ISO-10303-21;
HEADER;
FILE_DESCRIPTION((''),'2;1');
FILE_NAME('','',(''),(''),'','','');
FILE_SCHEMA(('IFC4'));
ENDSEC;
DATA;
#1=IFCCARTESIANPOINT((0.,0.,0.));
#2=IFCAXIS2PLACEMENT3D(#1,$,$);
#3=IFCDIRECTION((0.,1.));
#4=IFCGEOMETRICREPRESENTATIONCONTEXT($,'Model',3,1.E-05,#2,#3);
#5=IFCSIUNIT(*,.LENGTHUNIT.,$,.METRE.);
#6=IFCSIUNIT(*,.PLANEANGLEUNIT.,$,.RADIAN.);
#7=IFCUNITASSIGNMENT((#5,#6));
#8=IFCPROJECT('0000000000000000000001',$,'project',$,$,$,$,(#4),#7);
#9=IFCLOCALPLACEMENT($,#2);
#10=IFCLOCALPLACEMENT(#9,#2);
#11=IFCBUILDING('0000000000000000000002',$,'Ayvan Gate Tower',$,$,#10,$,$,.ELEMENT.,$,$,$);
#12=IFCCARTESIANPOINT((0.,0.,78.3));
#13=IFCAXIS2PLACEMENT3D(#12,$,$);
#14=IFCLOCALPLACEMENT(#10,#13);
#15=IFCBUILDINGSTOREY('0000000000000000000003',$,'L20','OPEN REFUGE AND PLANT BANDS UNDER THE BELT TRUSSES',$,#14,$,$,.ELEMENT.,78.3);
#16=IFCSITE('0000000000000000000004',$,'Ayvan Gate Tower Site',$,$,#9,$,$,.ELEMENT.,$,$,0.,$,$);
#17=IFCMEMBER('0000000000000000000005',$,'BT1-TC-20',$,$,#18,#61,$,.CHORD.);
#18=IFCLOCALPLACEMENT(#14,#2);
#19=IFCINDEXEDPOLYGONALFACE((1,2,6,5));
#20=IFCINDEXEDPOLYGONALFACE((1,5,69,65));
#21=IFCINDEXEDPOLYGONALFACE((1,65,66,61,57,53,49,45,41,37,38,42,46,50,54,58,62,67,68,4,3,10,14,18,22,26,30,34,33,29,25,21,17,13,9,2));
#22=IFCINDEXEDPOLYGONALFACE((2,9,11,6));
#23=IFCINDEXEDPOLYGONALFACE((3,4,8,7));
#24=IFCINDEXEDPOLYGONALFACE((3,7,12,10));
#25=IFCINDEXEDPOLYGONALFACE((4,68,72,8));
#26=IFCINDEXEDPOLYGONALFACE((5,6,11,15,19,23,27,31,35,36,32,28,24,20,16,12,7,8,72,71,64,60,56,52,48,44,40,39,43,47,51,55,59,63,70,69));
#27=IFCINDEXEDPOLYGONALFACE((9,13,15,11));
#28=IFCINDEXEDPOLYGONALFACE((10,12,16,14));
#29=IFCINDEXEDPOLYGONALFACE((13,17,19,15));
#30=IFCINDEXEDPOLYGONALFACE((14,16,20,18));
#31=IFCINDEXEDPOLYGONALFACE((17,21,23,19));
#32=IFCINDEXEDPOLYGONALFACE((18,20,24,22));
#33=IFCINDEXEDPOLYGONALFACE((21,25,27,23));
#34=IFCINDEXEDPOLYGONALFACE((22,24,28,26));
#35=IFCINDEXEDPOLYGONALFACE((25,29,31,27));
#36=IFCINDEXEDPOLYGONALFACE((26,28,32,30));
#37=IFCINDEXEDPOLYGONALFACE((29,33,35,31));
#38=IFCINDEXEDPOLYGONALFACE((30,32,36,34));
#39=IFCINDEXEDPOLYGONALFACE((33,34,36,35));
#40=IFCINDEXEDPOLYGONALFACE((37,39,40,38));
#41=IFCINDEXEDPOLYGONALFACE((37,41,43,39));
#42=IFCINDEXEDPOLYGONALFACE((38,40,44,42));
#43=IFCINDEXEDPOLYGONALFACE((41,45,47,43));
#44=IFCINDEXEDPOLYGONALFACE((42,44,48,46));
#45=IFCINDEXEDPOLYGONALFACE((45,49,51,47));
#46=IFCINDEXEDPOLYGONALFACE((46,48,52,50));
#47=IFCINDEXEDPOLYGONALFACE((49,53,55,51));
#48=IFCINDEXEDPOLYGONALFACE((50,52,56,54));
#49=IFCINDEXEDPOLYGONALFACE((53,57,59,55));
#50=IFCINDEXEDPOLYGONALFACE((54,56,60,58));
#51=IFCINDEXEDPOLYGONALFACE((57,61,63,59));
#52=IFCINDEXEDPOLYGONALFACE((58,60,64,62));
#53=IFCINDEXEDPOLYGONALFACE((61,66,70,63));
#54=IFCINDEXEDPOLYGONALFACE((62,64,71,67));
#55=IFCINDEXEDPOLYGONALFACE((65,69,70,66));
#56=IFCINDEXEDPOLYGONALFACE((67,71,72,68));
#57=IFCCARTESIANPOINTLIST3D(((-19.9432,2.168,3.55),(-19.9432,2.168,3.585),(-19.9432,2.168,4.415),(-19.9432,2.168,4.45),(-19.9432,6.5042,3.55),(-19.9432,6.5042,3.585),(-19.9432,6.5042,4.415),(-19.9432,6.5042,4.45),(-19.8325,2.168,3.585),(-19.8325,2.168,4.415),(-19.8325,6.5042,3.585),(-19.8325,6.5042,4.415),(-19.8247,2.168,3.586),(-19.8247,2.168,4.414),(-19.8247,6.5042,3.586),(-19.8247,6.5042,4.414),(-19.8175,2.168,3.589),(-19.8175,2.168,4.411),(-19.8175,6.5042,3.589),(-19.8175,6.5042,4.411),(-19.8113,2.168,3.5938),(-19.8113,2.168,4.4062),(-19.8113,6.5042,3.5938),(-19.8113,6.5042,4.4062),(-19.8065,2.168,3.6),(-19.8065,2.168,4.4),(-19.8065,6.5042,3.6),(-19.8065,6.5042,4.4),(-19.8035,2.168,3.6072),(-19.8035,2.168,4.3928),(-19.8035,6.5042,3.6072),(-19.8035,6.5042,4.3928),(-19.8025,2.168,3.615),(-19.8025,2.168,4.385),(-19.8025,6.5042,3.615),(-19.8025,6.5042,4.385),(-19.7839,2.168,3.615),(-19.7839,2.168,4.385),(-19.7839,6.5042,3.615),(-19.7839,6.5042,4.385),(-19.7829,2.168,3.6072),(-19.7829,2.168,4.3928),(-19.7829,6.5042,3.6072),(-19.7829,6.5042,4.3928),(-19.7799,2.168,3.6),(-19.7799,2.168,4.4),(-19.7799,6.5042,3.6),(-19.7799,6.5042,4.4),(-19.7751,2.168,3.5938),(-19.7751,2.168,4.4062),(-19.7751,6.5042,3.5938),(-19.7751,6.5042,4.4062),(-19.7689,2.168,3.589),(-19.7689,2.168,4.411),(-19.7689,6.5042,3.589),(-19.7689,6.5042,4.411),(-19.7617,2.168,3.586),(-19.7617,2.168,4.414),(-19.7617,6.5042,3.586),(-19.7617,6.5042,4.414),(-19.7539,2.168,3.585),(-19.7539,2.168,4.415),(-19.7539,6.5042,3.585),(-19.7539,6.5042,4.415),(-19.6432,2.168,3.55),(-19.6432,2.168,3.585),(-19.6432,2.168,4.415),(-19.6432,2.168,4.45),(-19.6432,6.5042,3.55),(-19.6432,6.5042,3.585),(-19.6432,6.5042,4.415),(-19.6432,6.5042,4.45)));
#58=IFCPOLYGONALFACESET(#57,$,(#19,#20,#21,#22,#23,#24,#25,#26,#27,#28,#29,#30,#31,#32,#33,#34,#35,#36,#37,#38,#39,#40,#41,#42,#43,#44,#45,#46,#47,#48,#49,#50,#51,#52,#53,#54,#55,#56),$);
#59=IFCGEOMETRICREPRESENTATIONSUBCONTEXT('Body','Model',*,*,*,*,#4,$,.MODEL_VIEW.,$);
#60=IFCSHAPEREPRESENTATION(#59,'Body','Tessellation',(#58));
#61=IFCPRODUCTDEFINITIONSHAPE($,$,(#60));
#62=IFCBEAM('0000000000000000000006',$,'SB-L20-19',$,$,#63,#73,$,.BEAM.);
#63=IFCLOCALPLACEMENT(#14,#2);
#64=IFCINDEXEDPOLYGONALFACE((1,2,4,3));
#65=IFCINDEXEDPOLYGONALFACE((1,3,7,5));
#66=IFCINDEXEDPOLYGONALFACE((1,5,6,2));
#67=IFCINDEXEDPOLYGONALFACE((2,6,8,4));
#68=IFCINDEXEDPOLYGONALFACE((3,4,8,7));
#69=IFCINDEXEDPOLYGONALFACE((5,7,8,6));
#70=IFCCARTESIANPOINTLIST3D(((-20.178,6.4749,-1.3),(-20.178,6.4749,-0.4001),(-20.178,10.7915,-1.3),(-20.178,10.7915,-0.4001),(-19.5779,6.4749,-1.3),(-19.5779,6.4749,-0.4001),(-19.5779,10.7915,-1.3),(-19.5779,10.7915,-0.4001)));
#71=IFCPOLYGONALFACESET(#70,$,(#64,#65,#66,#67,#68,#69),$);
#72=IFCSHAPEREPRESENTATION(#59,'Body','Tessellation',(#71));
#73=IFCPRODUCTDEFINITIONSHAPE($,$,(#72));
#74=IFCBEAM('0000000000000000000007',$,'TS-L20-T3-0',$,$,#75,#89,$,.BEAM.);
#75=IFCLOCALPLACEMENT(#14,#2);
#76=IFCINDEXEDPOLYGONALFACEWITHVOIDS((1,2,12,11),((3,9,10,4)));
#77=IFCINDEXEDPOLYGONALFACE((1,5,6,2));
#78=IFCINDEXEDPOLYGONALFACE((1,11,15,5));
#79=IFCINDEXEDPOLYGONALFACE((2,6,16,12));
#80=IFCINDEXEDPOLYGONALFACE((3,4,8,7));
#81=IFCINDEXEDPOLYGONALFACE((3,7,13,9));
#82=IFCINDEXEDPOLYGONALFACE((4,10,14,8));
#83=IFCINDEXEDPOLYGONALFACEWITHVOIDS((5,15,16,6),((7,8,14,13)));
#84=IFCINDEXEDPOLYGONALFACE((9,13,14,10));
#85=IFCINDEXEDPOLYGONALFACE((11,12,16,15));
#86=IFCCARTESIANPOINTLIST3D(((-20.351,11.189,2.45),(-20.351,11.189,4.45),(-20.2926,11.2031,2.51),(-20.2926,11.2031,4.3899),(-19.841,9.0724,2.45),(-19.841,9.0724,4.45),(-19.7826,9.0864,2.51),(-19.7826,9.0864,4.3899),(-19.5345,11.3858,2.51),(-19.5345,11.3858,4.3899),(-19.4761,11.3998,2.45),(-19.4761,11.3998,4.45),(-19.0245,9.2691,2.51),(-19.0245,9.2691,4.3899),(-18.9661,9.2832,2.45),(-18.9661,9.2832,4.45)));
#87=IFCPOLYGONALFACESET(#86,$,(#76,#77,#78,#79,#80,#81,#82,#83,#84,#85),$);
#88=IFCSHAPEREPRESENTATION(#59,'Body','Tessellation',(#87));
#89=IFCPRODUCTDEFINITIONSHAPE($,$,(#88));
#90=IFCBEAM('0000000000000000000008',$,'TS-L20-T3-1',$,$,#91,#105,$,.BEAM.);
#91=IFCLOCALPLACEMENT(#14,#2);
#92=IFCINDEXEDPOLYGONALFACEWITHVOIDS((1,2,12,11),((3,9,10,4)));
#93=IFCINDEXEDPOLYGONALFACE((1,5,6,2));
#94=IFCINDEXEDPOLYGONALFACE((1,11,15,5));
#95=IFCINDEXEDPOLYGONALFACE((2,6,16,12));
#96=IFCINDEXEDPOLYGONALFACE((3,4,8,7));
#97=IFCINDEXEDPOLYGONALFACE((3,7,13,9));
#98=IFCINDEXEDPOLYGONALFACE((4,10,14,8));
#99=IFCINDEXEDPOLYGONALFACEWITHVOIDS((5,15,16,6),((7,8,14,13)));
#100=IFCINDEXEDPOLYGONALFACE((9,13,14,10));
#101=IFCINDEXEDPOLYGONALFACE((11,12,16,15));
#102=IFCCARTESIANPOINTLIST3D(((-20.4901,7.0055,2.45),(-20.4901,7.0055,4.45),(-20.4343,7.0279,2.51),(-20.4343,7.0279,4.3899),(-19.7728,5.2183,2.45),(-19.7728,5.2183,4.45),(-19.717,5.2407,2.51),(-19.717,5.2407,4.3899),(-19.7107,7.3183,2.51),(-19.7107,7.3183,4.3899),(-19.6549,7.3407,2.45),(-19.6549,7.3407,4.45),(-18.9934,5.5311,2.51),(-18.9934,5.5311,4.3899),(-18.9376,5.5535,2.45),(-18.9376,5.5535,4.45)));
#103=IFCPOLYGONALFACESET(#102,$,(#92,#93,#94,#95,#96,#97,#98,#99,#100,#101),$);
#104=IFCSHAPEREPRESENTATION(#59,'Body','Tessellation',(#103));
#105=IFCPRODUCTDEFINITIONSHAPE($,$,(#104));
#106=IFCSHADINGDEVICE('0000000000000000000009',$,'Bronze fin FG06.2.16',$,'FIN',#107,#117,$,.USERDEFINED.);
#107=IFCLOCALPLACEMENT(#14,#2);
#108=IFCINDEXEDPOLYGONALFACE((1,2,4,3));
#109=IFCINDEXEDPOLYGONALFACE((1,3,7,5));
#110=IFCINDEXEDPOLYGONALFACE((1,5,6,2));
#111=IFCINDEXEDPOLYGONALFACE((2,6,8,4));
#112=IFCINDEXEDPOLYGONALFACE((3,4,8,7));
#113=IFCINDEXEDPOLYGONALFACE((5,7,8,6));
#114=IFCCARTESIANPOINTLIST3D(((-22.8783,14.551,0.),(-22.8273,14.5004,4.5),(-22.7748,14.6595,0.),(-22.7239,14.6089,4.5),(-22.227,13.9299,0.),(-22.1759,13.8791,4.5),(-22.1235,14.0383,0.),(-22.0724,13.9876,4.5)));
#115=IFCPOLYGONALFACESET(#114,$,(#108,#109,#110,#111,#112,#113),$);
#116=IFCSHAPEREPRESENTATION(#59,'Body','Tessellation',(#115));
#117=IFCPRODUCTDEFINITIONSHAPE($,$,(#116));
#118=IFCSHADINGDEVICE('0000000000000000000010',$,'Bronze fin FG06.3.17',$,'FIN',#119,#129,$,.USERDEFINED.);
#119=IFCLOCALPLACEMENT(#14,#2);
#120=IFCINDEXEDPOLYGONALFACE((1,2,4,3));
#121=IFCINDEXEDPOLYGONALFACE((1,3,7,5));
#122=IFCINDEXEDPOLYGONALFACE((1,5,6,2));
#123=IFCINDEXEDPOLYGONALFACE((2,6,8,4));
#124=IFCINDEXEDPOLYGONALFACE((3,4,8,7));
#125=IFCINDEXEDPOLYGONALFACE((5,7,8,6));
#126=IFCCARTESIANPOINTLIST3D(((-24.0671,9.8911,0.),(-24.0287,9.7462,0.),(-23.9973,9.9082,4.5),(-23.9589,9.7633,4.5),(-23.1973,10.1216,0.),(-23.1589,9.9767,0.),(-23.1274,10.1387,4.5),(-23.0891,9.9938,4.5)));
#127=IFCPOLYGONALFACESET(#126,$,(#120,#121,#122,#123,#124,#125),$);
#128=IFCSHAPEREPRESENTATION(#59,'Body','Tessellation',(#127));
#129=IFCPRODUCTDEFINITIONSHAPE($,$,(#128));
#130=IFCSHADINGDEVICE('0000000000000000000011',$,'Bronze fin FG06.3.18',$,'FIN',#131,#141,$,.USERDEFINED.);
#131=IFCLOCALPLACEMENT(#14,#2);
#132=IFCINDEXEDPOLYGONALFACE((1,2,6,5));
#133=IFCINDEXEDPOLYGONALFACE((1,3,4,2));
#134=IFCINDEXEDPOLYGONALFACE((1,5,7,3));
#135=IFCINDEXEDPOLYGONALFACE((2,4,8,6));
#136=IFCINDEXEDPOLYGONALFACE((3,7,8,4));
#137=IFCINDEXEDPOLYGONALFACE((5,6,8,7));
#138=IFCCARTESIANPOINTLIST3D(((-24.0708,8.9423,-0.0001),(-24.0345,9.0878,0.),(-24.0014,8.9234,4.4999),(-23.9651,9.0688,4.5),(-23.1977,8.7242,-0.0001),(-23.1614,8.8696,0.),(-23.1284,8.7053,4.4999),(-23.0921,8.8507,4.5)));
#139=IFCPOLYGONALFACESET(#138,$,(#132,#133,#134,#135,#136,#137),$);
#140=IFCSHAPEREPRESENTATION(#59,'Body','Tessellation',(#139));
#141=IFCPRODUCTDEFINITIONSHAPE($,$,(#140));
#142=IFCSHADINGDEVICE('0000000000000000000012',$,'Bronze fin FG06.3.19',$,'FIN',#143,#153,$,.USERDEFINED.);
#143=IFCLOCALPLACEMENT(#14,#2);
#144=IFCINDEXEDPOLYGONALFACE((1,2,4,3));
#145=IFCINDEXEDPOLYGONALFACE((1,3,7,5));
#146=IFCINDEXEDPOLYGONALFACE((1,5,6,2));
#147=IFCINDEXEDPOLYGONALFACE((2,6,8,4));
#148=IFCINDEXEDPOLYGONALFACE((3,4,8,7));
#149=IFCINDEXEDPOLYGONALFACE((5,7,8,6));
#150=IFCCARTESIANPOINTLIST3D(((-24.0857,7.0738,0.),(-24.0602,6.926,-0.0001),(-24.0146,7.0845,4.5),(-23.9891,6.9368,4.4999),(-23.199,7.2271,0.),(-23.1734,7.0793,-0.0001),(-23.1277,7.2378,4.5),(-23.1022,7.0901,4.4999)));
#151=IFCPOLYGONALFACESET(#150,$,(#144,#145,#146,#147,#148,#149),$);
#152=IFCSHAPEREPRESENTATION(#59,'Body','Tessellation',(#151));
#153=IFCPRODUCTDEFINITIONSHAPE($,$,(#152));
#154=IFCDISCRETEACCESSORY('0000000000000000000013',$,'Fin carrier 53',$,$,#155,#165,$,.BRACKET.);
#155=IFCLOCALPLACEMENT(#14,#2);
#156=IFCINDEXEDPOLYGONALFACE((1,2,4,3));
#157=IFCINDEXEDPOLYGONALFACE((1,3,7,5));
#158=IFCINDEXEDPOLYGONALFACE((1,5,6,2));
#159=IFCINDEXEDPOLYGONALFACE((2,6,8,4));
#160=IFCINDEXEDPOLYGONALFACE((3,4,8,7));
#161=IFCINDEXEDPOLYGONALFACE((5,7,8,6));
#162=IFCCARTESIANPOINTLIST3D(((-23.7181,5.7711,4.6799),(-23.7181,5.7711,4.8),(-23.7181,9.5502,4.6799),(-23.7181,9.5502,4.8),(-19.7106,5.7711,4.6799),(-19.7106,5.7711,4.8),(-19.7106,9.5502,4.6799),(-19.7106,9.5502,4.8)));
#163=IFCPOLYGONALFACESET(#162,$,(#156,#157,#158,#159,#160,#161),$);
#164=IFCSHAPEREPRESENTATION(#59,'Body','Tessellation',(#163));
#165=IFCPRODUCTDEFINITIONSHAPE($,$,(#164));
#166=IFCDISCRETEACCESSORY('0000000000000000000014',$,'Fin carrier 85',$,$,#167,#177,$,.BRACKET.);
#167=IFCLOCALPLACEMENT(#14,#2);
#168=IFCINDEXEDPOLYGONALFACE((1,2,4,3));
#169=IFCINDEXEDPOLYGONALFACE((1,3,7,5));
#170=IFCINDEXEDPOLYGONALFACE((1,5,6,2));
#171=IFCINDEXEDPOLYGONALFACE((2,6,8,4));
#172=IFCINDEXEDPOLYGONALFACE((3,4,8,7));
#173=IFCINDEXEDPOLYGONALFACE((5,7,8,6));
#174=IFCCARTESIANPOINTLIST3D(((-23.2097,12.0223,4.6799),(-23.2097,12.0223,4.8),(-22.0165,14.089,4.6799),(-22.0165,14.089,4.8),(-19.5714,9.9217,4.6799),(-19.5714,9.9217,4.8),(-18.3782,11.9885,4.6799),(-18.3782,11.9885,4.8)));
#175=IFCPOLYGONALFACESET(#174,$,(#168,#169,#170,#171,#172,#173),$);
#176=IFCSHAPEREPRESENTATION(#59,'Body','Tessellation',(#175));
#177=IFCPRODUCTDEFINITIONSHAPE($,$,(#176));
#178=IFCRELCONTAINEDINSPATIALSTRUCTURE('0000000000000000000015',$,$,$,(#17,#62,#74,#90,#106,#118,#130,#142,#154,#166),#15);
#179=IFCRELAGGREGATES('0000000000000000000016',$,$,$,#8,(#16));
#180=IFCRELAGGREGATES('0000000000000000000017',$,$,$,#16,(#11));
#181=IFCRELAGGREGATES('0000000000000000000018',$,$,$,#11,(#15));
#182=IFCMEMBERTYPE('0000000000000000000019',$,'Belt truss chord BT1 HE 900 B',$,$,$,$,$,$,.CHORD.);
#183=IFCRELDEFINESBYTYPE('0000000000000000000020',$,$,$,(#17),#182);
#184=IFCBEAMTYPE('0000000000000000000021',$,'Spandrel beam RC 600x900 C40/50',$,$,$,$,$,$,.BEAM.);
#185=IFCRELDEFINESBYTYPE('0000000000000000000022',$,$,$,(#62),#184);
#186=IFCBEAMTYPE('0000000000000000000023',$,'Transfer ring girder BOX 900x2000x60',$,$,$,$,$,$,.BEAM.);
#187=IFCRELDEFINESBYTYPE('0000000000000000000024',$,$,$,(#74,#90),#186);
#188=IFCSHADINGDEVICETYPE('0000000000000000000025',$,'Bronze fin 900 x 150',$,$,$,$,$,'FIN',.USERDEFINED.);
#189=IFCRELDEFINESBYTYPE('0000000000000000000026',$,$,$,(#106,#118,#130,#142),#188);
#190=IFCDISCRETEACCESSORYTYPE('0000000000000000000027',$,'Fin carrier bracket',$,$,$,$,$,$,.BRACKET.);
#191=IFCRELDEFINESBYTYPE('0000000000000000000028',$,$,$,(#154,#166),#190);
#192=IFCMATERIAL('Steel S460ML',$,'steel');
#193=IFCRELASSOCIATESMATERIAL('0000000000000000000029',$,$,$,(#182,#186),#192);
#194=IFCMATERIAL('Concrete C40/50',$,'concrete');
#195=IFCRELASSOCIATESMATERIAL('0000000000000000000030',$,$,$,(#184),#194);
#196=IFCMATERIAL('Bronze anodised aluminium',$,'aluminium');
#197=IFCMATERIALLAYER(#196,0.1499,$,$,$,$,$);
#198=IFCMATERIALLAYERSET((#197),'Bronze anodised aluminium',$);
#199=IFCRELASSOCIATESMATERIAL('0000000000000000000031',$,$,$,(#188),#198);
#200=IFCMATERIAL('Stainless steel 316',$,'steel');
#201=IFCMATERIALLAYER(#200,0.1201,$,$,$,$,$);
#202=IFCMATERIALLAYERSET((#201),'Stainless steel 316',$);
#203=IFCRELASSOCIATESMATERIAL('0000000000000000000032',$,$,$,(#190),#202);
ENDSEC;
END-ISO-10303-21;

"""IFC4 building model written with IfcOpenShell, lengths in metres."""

from ifc_helpers import new_model, si_unit, direction, frame, origin, origin_2d, place, context, subcontext, project, spatial, polyline, rectangle, hollow_rectangle, i_section, outline, extrude, material, layer, layer_set, material_profile, profile_set, type_object, element, save


model = new_model("IFC4")

# Units and contexts
model_context = context("Model", 3, precision=1e-05, world=origin(), true_north=direction((0.0, 1.0)))
body_context = subcontext(model_context, "Body", "Model", "MODEL_VIEW")
ifc_project = project(units=[si_unit("LENGTHUNIT", "METRE"), si_unit("PLANEANGLEUNIT", "RADIAN")], contexts=[model_context])

# Site, building, storey
site_placement = place(None, origin())
site = spatial("IfcSite", under=ifc_project, at=site_placement, Name="Ayvan Gate Tower Site", CompositionType="ELEMENT", RefElevation=0.0)
building_placement = place(site_placement, origin())
building = spatial("IfcBuilding", under=site, at=building_placement, Name="Ayvan Gate Tower", CompositionType="ELEMENT")
storey_placement = place(building_placement, frame((0.0, 0.0, 78.3)))
storey = spatial("IfcBuildingStorey", under=building, at=storey_placement, Name="L20", Description="OPEN REFUGE AND PLANT BANDS UNDER THE BELT TRUSSES", CompositionType="ELEMENT", Elevation=78.3)

# Member
ifc_material_1 = material(Name="Steel S460ML", Category="steel")
ifc_material_profile_1 = material_profile(ifc_material_1, i_section(OverallWidth=0.3, OverallDepth=0.8999, WebThickness=0.0186, FlangeThickness=0.0349, FilletRadius=0.03, at=origin_2d()), Name="HE 900 B")
ifc_profile_set_1 = profile_set([ifc_material_profile_1], Name="Steel S460ML")
member_type_1 = type_object("IfcMemberType", Name="Belt truss chord BT1 HE 900 B", PredefinedType="CHORD", material=ifc_profile_set_1)
member_1_placement = place(storey_placement, frame((-19.7932, 6.5042, 4.0), z_axis=(0.0, -1.0, 0.0), x_axis=(1.0, 0.0, 0.0)))
element("IfcMember", 1, at=member_1_placement, inside=storey, type_object=member_type_1, Name="BT1-TC-20", PredefinedType="CHORD", context=body_context, shape_type="SweptSolid", body=[
    extrude(i_section(OverallWidth=0.3, OverallDepth=0.8999, WebThickness=0.0186, FlangeThickness=0.0349, FilletRadius=0.03, at=origin_2d()), origin(), (0.0, 0.0, 1.0), 4.3362),
])

# Beams
ifc_material_2 = material(Name="Concrete C40/50", Category="concrete")
ifc_material_profile_2 = material_profile(ifc_material_2, rectangle(XDim=0.6001, YDim=0.8999, at=origin_2d()), Name="RC 600x900")
ifc_profile_set_2 = profile_set([ifc_material_profile_2], Name="Concrete C40/50")
beam_type_1 = type_object("IfcBeamType", Name="Spandrel beam RC 600x900 C40/50", PredefinedType="BEAM", material=ifc_profile_set_2)
beam_1_placement = place(storey_placement, frame((-19.8779, 10.7915, -0.8501), z_axis=(0.0, -1.0, 0.0), x_axis=(1.0, 0.0, 0.0)))
element("IfcBeam", 2, at=beam_1_placement, inside=storey, type_object=beam_type_1, Name="SB-L20-19", PredefinedType="BEAM", context=body_context, shape_type="SweptSolid", body=[
    extrude(rectangle(XDim=0.6001, YDim=0.8999, at=origin_2d()), origin(), (0.0, 0.0, 1.0), 4.3167),
])
ifc_material_profile_3 = material_profile(ifc_material_1, hollow_rectangle(XDim=0.8999, YDim=2.0, WallThickness=0.0601, at=origin_2d()), Name="BOX 900x2000x60")
ifc_profile_set_3 = profile_set([ifc_material_profile_3], Name="Steel S460ML")
beam_type_2 = type_object("IfcBeamType", Name="Transfer ring girder BOX 900x2000x60", PredefinedType="BEAM", material=ifc_profile_set_3)
beam_2_placement = place(storey_placement, frame((-19.9136, 11.2944, 3.45), z_axis=(0.234242, -0.972178, 0.0), x_axis=(0.972178, 0.234242, 0.0)))
element("IfcBeam", 3, at=beam_2_placement, inside=storey, type_object=beam_type_2, Name="TS-L20-T3-0", PredefinedType="BEAM", context=body_context, shape_type="SweptSolid", body=[
    extrude(hollow_rectangle(XDim=0.8999, YDim=2.0, WallThickness=0.0601, at=origin_2d()), origin(), (0.0, 0.0, 1.0), 2.1772),
])
beam_3_placement = place(storey_placement, frame((-20.0725, 7.1731, 3.45), z_axis=(0.372483, -0.928039, 0.0), x_axis=(0.928039, 0.372483, 0.0)))
element("IfcBeam", 4, at=beam_3_placement, inside=storey, type_object=beam_type_2, Name="TS-L20-T3-1", PredefinedType="BEAM", context=body_context, shape_type="SweptSolid", body=[
    extrude(hollow_rectangle(XDim=0.8999, YDim=2.0, WallThickness=0.0601, at=origin_2d()), origin(), (0.0, 0.0, 1.0), 1.9258),
])

# Shading devices
ifc_material_3 = material(Name="Bronze anodised aluminium", Category="aluminium")
ifc_layer_1 = layer(ifc_material_3, 0.1499)
ifc_layer_set_1 = layer_set([ifc_layer_1], Name="Bronze anodised aluminium")
shading_device_type = type_object("IfcShadingDeviceType", Name="Bronze fin 900 x 150", ElementType="FIN", PredefinedType="USERDEFINED", material=ifc_layer_set_1)
shading_device_1_placement = place(storey_placement, frame((-22.1235, 14.0383, 0.0), z_axis=(0.69016, 0.723657, 0.000321), x_axis=(-0.723657, 0.69016, 0.0)))
element("IfcShadingDevice", 5, at=shading_device_1_placement, inside=storey, type_object=shading_device_type, Name="Bronze fin FG06.2.16", ObjectType="FIN", PredefinedType="USERDEFINED", context=body_context, shape_type="SweptSolid", body=[
    extrude(outline(polyline([(0.0, 0.0), (0.9, 0.0), (0.8282, 4.5), (-0.072, 4.5), (0.0, 0.0)])), origin(), (0.0, 0.0, -1.0), 0.1499),
])
shading_device_2_placement = place(storey_placement, frame((-23.1973, 10.1216, 0.0), z_axis=(-0.256109, 0.966648, 0.000303), x_axis=(-0.966648, -0.256109, 0.0)))
element("IfcShadingDevice", 6, at=shading_device_2_placement, inside=storey, type_object=shading_device_type, Name="Bronze fin FG06.3.17", ObjectType="FIN", PredefinedType="USERDEFINED", context=body_context, shape_type="SweptSolid", body=[
    extrude(outline(polyline([(0.0, 0.0), (0.8999, 0.0), (0.828, 4.5), (-0.0719, 4.5), (0.0, 0.0)])), origin(), (0.0, 0.0, -1.0), 0.1499),
])
shading_device_3_placement = place(storey_placement, frame((-23.1614, 8.8696, 0.0), z_axis=(0.242408, 0.970174, 0.000344), x_axis=(-0.970174, 0.242408, 0.0)))
element("IfcShadingDevice", 7, at=shading_device_3_placement, inside=storey, type_object=shading_device_type, Name="Bronze fin FG06.3.18", ObjectType="FIN", PredefinedType="USERDEFINED", context=body_context, shape_type="SweptSolid", body=[
    extrude(outline(polyline([(0.0, 0.0), (0.8999, 0.0), (0.828, 4.5), (-0.0718, 4.5), (0.0, 0.0)])), origin(), (0.0, 0.0, -1.0), 0.1499),
])
shading_device_4_placement = place(storey_placement, frame((-23.199, 7.2271, 0.0), z_axis=(-0.170357, 0.985382, 0.000342), x_axis=(-0.985382, -0.170357, 0.0)))
element("IfcShadingDevice", 8, at=shading_device_4_placement, inside=storey, type_object=shading_device_type, Name="Bronze fin FG06.3.19", ObjectType="FIN", PredefinedType="USERDEFINED", context=body_context, shape_type="SweptSolid", body=[
    extrude(outline(polyline([(0.0, 0.0), (0.8999, 0.0), (0.828, 4.5), (-0.0721, 4.5), (0.0, 0.0)])), origin(), (0.0, 0.0, -1.0), 0.1499),
])

# Discrete accessories
ifc_material_4 = material(Name="Stainless steel 316", Category="steel")
ifc_layer_2 = layer(ifc_material_4, 0.1201)
ifc_layer_set_2 = layer_set([ifc_layer_2], Name="Stainless steel 316")
discrete_accessory_type_1 = type_object("IfcDiscreteAccessoryType", Name="Fin carrier bracket", PredefinedType="BRACKET", material=ifc_layer_set_2)
discrete_accessory_1_placement = place(storey_placement, frame((-21.7144, 7.6606, 4.6799), z_axis=(0.0, 0.0, 1.0), x_axis=(0.0, -1.0, 0.0)))
element("IfcDiscreteAccessory", 9, at=discrete_accessory_1_placement, inside=storey, type_object=discrete_accessory_type_1, Name="Fin carrier 53", PredefinedType="BRACKET", context=body_context, shape_type="SweptSolid", body=[
    extrude(rectangle(XDim=3.7791, YDim=4.0076, at=origin_2d()), origin(), (0.0, 0.0, 1.0), 0.1201),
])
discrete_accessory_2_placement = place(storey_placement, frame((-20.7939, 12.0054, 4.6799), z_axis=(0.0, 0.0, 1.0), x_axis=(-0.5, -0.866025, 0.0)))
element("IfcDiscreteAccessory", 10, at=discrete_accessory_2_placement, inside=storey, type_object=discrete_accessory_type_1, Name="Fin carrier 85", PredefinedType="BRACKET", context=body_context, shape_type="SweptSolid", body=[
    extrude(rectangle(XDim=2.3865, YDim=4.2012, at=origin_2d()), origin(), (0.0, 0.0, 1.0), 0.1201),
])

save(model, "model.ifc")
